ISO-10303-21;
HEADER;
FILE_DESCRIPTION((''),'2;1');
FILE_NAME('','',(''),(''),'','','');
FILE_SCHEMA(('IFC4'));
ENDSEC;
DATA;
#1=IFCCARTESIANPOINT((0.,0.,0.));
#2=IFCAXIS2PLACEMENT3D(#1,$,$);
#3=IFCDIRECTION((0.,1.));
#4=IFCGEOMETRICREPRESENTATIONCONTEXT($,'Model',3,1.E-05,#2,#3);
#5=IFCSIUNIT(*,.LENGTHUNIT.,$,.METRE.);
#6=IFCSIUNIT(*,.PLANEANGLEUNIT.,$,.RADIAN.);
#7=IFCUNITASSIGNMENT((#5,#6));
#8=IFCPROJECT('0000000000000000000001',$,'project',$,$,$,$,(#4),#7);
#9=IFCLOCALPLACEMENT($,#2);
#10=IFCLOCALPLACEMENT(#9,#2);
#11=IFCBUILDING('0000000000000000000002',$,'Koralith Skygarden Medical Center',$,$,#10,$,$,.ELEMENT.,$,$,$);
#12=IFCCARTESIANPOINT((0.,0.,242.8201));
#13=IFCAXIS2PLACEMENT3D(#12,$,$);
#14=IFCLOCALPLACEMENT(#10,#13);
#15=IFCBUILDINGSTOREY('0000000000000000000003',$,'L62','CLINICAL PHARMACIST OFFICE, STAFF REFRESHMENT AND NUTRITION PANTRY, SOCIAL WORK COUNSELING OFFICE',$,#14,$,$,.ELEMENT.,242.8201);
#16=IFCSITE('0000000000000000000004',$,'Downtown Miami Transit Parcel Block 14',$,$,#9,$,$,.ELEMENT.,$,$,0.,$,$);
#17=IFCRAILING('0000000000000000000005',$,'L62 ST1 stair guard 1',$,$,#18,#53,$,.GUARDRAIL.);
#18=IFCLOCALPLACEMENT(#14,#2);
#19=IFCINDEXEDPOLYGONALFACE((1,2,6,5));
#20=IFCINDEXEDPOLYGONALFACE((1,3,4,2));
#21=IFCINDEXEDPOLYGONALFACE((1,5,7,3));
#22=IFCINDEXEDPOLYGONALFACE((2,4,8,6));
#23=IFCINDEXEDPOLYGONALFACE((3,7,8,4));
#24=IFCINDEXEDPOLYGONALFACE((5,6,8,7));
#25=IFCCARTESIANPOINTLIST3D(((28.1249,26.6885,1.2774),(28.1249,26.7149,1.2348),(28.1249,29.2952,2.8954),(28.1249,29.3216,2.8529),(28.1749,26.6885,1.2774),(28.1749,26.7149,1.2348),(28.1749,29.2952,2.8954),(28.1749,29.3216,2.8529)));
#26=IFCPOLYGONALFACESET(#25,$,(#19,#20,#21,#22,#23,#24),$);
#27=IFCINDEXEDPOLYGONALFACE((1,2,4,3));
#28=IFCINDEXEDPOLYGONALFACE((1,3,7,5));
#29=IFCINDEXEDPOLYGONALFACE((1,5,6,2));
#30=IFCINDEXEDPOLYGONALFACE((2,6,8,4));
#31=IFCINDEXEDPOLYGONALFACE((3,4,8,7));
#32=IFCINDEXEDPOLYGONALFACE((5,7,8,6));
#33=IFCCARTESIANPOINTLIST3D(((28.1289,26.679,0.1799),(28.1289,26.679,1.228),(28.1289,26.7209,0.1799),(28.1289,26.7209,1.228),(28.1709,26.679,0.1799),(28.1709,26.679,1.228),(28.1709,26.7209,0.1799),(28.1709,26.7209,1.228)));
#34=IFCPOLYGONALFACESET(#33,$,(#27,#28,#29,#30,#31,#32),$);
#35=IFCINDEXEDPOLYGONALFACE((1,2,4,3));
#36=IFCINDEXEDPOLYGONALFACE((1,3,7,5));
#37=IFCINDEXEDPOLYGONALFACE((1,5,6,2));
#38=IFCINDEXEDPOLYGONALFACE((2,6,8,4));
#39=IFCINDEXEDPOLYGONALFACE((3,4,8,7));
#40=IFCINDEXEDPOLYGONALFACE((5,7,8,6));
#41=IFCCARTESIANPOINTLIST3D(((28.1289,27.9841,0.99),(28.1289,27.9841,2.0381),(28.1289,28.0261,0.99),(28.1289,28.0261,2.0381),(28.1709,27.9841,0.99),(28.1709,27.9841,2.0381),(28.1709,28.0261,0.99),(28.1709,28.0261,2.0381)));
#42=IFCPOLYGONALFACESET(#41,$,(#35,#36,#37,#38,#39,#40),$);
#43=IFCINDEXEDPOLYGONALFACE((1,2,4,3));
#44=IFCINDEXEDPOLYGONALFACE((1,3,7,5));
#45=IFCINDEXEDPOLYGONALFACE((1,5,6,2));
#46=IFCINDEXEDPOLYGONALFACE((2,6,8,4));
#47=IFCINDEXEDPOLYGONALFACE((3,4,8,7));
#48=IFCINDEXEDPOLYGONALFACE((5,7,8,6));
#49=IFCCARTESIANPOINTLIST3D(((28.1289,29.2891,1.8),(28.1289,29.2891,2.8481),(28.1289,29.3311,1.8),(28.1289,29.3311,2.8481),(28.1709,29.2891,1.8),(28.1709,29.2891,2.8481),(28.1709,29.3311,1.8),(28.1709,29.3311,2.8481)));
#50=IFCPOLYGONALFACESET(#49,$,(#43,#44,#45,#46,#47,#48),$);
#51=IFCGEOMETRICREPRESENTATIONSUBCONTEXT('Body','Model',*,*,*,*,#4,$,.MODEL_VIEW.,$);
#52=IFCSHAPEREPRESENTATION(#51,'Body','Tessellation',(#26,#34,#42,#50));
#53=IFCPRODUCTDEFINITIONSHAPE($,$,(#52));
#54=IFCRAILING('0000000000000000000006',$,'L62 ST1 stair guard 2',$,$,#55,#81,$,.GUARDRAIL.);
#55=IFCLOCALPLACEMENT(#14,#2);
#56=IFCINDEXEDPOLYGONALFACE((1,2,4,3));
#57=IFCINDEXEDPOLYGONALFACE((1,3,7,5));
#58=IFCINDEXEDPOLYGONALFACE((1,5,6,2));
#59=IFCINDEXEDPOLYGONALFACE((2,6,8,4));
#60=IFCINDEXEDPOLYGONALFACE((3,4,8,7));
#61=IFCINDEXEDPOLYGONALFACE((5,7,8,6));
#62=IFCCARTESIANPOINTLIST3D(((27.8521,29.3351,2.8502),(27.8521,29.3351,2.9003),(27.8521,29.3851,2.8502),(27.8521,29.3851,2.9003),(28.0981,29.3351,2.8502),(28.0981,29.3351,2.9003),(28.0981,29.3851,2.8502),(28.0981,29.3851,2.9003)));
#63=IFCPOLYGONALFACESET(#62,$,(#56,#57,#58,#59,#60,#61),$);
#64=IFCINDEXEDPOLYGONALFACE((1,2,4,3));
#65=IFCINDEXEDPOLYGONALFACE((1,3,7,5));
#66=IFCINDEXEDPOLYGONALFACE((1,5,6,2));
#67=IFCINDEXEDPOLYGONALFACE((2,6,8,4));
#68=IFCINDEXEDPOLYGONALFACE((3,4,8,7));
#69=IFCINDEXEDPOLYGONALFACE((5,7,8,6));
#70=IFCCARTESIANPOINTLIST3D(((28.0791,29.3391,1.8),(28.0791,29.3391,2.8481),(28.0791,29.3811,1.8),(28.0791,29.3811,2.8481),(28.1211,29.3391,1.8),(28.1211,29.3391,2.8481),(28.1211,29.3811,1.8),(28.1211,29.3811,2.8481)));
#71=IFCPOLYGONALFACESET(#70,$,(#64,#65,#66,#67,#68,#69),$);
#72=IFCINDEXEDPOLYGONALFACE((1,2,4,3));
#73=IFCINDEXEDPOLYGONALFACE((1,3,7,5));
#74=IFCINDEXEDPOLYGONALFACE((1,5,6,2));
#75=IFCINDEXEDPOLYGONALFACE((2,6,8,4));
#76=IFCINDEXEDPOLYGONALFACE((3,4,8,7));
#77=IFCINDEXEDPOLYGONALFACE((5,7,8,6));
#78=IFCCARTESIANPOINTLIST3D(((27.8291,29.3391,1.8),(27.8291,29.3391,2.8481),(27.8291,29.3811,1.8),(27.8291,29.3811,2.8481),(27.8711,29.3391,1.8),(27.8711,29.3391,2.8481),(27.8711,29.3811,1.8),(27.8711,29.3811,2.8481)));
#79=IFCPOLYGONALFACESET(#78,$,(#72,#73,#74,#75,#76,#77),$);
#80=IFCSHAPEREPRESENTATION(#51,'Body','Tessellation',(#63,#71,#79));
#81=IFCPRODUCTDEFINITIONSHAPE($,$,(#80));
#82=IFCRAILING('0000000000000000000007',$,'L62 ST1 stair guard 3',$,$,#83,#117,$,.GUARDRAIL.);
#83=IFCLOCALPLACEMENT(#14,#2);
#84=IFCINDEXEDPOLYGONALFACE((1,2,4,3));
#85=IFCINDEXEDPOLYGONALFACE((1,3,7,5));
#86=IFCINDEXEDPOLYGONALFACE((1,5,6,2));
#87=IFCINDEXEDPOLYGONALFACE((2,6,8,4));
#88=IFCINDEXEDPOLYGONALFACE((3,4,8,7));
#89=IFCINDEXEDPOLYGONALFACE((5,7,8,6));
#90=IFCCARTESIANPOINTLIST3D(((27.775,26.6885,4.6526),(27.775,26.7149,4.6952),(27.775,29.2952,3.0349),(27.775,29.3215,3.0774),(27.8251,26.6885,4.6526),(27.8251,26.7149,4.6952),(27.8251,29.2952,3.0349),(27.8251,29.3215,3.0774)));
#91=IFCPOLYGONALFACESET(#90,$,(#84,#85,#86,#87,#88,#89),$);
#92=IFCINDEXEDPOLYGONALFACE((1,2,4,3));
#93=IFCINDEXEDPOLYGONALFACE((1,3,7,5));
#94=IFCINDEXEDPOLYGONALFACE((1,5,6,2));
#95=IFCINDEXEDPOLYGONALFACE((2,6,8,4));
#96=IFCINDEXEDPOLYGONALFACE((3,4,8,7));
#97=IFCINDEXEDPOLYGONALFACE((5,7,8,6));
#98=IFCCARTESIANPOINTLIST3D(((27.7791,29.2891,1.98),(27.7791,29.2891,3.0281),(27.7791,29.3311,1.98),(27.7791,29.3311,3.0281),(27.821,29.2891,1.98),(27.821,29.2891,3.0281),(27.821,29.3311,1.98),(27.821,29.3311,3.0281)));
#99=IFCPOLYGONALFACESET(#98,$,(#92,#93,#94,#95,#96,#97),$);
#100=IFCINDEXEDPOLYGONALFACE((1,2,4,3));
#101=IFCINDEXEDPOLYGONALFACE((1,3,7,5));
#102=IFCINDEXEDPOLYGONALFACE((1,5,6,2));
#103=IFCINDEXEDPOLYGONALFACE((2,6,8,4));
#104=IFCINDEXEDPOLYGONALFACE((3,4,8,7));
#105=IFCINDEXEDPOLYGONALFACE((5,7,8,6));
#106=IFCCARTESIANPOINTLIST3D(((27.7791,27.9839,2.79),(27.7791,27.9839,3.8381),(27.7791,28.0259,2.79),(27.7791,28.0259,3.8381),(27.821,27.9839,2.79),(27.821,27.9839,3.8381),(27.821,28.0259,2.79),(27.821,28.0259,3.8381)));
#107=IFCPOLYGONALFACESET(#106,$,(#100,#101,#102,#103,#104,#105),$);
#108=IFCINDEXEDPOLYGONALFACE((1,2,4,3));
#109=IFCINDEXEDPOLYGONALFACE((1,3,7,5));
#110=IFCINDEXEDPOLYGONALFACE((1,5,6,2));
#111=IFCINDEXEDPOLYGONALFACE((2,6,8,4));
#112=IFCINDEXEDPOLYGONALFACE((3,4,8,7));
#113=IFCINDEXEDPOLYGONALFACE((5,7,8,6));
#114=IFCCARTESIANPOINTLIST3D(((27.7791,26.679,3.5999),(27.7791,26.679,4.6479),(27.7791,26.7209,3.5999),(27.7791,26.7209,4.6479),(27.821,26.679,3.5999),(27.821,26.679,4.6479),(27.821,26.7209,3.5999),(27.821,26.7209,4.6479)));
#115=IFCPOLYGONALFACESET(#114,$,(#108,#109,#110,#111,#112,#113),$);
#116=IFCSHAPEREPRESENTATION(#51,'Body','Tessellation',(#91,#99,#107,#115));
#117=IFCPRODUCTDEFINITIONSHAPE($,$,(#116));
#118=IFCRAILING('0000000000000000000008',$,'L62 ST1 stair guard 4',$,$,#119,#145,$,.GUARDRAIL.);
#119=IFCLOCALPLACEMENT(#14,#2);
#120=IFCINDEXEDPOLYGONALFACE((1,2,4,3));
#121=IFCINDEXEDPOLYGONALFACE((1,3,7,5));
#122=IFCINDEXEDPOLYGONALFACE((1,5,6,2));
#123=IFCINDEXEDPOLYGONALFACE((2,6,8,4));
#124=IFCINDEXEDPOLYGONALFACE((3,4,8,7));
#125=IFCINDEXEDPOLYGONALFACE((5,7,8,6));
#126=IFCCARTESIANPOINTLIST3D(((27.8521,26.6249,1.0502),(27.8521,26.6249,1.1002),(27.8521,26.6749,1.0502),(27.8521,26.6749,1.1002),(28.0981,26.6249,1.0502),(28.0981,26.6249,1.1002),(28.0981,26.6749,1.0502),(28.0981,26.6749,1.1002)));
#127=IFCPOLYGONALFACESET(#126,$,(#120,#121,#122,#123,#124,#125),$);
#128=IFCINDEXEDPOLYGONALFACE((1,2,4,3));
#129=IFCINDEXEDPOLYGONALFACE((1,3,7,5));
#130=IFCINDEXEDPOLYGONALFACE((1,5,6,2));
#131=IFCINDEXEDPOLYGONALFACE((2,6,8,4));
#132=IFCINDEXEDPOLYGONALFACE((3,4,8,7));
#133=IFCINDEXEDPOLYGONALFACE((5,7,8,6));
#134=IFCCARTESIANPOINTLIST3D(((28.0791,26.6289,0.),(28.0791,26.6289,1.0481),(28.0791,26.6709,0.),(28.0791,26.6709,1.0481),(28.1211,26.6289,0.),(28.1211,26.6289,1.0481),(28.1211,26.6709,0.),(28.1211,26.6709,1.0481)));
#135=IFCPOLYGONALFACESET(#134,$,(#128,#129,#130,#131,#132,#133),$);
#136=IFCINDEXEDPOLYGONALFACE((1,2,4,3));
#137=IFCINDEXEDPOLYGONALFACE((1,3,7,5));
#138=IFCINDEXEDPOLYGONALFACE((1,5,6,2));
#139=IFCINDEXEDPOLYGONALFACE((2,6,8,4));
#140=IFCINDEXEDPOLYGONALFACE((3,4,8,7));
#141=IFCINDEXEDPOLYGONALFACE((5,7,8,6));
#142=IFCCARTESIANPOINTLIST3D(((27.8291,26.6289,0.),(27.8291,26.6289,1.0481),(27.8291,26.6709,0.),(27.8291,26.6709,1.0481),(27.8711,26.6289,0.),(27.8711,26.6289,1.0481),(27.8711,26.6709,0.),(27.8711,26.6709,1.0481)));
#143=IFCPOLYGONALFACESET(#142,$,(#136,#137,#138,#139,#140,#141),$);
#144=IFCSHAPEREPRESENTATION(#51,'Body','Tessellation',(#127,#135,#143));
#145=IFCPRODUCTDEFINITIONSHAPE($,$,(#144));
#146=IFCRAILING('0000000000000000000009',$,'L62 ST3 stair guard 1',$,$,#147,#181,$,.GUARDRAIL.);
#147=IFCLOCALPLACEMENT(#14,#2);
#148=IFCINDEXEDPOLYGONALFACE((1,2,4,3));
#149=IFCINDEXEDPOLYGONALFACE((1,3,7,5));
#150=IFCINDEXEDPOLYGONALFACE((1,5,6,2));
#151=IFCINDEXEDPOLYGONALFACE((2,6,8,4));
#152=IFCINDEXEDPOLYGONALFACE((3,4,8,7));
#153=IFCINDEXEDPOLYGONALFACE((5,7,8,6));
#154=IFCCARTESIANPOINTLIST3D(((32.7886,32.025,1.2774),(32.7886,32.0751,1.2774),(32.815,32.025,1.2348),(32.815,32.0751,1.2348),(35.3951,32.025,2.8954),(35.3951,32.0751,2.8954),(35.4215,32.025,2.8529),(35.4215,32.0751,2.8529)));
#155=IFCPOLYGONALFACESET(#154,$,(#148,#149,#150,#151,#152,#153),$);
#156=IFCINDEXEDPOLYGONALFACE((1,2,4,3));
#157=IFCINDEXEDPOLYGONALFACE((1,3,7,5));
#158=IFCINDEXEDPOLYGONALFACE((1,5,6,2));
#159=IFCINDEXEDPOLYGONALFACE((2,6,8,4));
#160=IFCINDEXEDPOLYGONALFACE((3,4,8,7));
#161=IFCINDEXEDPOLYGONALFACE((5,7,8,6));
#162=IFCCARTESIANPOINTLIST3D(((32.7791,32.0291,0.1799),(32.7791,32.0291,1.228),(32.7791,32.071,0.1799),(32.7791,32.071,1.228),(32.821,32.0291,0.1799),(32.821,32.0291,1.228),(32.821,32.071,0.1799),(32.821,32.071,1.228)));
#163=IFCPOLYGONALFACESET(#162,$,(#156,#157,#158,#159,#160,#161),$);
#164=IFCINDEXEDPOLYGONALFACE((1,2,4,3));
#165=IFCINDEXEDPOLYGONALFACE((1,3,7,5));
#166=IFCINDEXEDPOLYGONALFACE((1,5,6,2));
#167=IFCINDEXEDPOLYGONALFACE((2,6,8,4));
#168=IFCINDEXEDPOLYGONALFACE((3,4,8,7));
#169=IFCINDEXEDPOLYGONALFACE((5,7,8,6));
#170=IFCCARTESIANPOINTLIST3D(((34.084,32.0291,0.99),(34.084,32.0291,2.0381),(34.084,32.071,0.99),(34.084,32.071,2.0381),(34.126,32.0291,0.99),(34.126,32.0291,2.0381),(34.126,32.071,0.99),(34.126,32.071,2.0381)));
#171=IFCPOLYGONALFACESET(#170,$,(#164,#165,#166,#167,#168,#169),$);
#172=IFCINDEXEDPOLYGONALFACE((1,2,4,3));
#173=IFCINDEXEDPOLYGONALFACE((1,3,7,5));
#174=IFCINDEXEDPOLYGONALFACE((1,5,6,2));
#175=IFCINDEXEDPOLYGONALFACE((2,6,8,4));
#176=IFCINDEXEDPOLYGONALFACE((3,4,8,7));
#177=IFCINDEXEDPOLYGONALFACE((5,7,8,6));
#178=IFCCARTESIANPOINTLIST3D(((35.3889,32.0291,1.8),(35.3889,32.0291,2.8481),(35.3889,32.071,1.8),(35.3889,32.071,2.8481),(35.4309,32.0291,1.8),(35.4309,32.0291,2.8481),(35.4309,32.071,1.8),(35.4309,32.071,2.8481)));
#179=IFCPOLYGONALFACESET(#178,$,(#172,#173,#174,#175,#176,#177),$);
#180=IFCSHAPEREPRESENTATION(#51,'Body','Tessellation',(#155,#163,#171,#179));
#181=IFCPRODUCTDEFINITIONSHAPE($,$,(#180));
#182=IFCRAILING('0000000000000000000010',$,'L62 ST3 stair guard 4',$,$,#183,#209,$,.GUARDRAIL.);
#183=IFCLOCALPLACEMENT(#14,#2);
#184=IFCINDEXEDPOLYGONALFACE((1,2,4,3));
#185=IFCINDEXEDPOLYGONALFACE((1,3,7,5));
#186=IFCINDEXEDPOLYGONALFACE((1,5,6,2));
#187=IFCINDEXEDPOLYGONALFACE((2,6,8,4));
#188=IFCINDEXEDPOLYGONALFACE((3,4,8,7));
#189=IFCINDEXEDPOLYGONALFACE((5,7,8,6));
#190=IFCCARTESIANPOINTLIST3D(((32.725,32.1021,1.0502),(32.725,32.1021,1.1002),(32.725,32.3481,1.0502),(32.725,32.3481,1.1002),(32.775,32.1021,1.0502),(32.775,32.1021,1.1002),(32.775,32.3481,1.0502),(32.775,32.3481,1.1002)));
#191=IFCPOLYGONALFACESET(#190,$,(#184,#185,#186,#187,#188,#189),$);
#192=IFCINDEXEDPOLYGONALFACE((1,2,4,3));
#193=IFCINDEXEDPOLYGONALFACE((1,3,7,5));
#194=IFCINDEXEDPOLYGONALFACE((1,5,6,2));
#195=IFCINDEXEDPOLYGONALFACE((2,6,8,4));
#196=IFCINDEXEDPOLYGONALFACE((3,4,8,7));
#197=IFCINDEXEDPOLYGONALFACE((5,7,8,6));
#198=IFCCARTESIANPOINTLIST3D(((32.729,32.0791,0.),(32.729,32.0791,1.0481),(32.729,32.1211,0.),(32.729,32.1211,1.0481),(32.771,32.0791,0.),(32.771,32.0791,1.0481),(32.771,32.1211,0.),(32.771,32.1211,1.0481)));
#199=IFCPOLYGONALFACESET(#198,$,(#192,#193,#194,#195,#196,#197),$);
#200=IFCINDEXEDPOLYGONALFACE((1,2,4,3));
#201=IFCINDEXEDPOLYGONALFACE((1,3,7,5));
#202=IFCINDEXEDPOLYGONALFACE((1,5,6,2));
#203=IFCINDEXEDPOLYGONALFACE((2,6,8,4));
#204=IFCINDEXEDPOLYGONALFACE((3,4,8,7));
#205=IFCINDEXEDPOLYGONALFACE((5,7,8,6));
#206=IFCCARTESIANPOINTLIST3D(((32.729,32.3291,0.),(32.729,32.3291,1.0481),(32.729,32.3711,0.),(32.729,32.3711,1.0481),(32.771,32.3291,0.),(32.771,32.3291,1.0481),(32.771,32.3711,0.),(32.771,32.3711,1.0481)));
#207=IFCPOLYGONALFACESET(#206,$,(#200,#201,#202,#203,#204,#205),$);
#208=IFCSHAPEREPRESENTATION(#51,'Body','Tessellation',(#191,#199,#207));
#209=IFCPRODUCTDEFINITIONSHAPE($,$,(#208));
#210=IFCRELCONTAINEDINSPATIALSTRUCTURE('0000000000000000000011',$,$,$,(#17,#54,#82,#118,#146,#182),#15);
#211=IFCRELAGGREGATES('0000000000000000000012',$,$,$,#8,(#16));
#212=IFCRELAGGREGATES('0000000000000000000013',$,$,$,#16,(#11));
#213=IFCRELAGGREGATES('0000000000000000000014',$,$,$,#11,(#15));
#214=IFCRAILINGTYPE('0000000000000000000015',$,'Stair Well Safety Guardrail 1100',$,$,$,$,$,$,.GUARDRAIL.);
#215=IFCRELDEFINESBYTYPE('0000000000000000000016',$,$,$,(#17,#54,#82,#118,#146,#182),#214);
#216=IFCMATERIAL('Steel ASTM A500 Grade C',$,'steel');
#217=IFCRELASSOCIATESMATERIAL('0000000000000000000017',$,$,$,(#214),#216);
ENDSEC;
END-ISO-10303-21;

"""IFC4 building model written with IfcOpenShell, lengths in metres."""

from ifc_helpers import new_model, si_unit, direction, frame, origin, origin_2d, place, context, subcontext, project, spatial, rectangle, extrude, material, type_object, element, save


model = new_model("IFC4")

# Units and contexts
model_context = context("Model", 3, precision=1e-05, world=origin(), true_north=direction((0.0, 1.0)))
body_context = subcontext(model_context, "Body", "Model", "MODEL_VIEW")
ifc_project = project(units=[si_unit("LENGTHUNIT", "METRE"), si_unit("PLANEANGLEUNIT", "RADIAN")], contexts=[model_context])

# Site, building, storey
site_placement = place(None, origin())
site = spatial("IfcSite", under=ifc_project, at=site_placement, Name="Downtown Miami Transit Parcel Block 14", CompositionType="ELEMENT", RefElevation=0.0)
building_placement = place(site_placement, origin())
building = spatial("IfcBuilding", under=site, at=building_placement, Name="Koralith Skygarden Medical Center", CompositionType="ELEMENT")
storey_placement = place(building_placement, frame((0.0, 0.0, 242.8201)))
storey = spatial("IfcBuildingStorey", under=building, at=storey_placement, Name="L62", Description="CLINICAL PHARMACIST OFFICE, STAFF REFRESHMENT AND NUTRITION PANTRY, SOCIAL WORK COUNSELING OFFICE", CompositionType="ELEMENT", Elevation=242.8201)

# Railings
ifc_material_1 = material(Name="Steel ASTM A500 Grade C", Category="steel")
railing_type_1 = type_object("IfcRailingType", Name="Stair Well Safety Guardrail 1100", PredefinedType="GUARDRAIL", material=ifc_material_1)
railing_1_placement = place(storey_placement, frame((28.1499, 26.7, 0.1799)))
element("IfcRailing", 1, at=railing_1_placement, inside=storey, type_object=railing_type_1, Name="L62 ST1 stair guard 1", PredefinedType="GUARDRAIL", context=body_context, shape_type="SweptSolid", body=[
    extrude(rectangle(XDim=0.05, YDim=0.05, at=origin_2d()), frame((0.0, 0.0017, 1.0762), z_axis=(0.0, 0.849633, 0.527375), x_axis=(-1.0, 0.0, 0.0)), (0.0, 0.0, 1.0), 3.0681),
    extrude(rectangle(XDim=0.042, YDim=0.042, at=origin_2d()), origin(), (0.0, 0.0, 1.0), 1.0481),
    extrude(rectangle(XDim=0.042, YDim=0.042, at=origin_2d()), frame((0.0, 1.3052, 0.8101)), (0.0, 0.0, 1.0), 1.0481),
    extrude(rectangle(XDim=0.042, YDim=0.042, at=origin_2d()), frame((0.0, 2.6101, 1.6201)), (0.0, 0.0, 1.0), 1.0481),
])
railing_2_placement = place(storey_placement, frame((28.1001, 29.3601, 1.8)))
element("IfcRailing", 2, at=railing_2_placement, inside=storey, type_object=railing_type_1, Name="L62 ST1 stair guard 2", PredefinedType="GUARDRAIL", context=body_context, shape_type="SweptSolid", body=[
    extrude(rectangle(XDim=0.05, YDim=0.05, at=origin_2d()), frame((-0.002, 0.0, 1.0752), z_axis=(-1.0, 0.0, 0.0), x_axis=(0.0, -1.0, 0.0)), (0.0, 0.0, 1.0), 0.2461),
    extrude(rectangle(XDim=0.042, YDim=0.042, at=origin_2d()), origin(), (0.0, 0.0, 1.0), 1.0481),
    extrude(rectangle(XDim=0.042, YDim=0.042, at=origin_2d()), frame((-0.25, 0.0, 0.0)), (0.0, 0.0, 1.0), 1.0481),
])
railing_3_placement = place(storey_placement, frame((27.8, 29.3101, 1.98)))
element("IfcRailing", 3, at=railing_3_placement, inside=storey, type_object=railing_type_1, Name="L62 ST1 stair guard 3", PredefinedType="GUARDRAIL", context=body_context, shape_type="SweptSolid", body=[
    extrude(rectangle(XDim=0.05, YDim=0.05, at=origin_2d()), frame((0.0, -0.0017, 1.0762), z_axis=(0.0, -0.849668, 0.527317), x_axis=(1.0, 0.0, 0.0)), (0.0, 0.0, 1.0), 3.0679),
    extrude(rectangle(XDim=0.042, YDim=0.042, at=origin_2d()), origin(), (0.0, 0.0, 1.0), 1.0481),
    extrude(rectangle(XDim=0.042, YDim=0.042, at=origin_2d()), frame((0.0, -1.3052, 0.8101)), (0.0, 0.0, 1.0), 1.0481),
    extrude(rectangle(XDim=0.042, YDim=0.042, at=origin_2d()), frame((0.0, -2.6101, 1.6199)), (0.0, 0.0, 1.0), 1.0481),
])
railing_4_placement = place(storey_placement, frame((28.1001, 26.6499, 0.0)))
element("IfcRailing", 4, at=railing_4_placement, inside=storey, type_object=railing_type_1, Name="L62 ST1 stair guard 4", PredefinedType="GUARDRAIL", context=body_context, shape_type="SweptSolid", body=[
    extrude(rectangle(XDim=0.05, YDim=0.05, at=origin_2d()), frame((-0.002, 0.0, 1.0752), z_axis=(-1.0, 0.0, 0.0), x_axis=(0.0, -1.0, 0.0)), (0.0, 0.0, 1.0), 0.2461),
    extrude(rectangle(XDim=0.042, YDim=0.042, at=origin_2d()), origin(), (0.0, 0.0, 1.0), 1.0481),
    extrude(rectangle(XDim=0.042, YDim=0.042, at=origin_2d()), frame((-0.25, 0.0, 0.0)), (0.0, 0.0, 1.0), 1.0481),
])
railing_5_placement = place(storey_placement, frame((32.8, 32.05, 0.1799)))
element("IfcRailing", 5, at=railing_5_placement, inside=storey, type_object=railing_type_1, Name="L62 ST3 stair guard 1", PredefinedType="GUARDRAIL", context=body_context, shape_type="SweptSolid", body=[
    extrude(rectangle(XDim=0.05, YDim=0.05, at=origin_2d()), frame((0.0017, 0.0, 1.0762), z_axis=(0.849611, 0.0, 0.52741), x_axis=(0.0, 1.0, 0.0)), (0.0, 0.0, 1.0), 3.0679),
    extrude(rectangle(XDim=0.042, YDim=0.042, at=origin_2d()), origin(), (0.0, 0.0, 1.0), 1.0481),
    extrude(rectangle(XDim=0.042, YDim=0.042, at=origin_2d()), frame((1.3049, 0.0, 0.8101)), (0.0, 0.0, 1.0), 1.0481),
    extrude(rectangle(XDim=0.042, YDim=0.042, at=origin_2d()), frame((2.6099, 0.0, 1.6201)), (0.0, 0.0, 1.0), 1.0481),
])
railing_6_placement = place(storey_placement, frame((32.75, 32.1001, 0.0)))
element("IfcRailing", 6, at=railing_6_placement, inside=storey, type_object=railing_type_1, Name="L62 ST3 stair guard 4", PredefinedType="GUARDRAIL", context=body_context, shape_type="SweptSolid", body=[
    extrude(rectangle(XDim=0.05, YDim=0.05, at=origin_2d()), frame((0.0, 0.002, 1.0752), z_axis=(0.0, 1.0, 0.0), x_axis=(-1.0, 0.0, 0.0)), (0.0, 0.0, 1.0), 0.2461),
    extrude(rectangle(XDim=0.042, YDim=0.042, at=origin_2d()), origin(), (0.0, 0.0, 1.0), 1.0481),
    extrude(rectangle(XDim=0.042, YDim=0.042, at=origin_2d()), frame((0.0, 0.25, 0.0)), (0.0, 0.0, 1.0), 1.0481),
])

save(model, "model.ifc")
